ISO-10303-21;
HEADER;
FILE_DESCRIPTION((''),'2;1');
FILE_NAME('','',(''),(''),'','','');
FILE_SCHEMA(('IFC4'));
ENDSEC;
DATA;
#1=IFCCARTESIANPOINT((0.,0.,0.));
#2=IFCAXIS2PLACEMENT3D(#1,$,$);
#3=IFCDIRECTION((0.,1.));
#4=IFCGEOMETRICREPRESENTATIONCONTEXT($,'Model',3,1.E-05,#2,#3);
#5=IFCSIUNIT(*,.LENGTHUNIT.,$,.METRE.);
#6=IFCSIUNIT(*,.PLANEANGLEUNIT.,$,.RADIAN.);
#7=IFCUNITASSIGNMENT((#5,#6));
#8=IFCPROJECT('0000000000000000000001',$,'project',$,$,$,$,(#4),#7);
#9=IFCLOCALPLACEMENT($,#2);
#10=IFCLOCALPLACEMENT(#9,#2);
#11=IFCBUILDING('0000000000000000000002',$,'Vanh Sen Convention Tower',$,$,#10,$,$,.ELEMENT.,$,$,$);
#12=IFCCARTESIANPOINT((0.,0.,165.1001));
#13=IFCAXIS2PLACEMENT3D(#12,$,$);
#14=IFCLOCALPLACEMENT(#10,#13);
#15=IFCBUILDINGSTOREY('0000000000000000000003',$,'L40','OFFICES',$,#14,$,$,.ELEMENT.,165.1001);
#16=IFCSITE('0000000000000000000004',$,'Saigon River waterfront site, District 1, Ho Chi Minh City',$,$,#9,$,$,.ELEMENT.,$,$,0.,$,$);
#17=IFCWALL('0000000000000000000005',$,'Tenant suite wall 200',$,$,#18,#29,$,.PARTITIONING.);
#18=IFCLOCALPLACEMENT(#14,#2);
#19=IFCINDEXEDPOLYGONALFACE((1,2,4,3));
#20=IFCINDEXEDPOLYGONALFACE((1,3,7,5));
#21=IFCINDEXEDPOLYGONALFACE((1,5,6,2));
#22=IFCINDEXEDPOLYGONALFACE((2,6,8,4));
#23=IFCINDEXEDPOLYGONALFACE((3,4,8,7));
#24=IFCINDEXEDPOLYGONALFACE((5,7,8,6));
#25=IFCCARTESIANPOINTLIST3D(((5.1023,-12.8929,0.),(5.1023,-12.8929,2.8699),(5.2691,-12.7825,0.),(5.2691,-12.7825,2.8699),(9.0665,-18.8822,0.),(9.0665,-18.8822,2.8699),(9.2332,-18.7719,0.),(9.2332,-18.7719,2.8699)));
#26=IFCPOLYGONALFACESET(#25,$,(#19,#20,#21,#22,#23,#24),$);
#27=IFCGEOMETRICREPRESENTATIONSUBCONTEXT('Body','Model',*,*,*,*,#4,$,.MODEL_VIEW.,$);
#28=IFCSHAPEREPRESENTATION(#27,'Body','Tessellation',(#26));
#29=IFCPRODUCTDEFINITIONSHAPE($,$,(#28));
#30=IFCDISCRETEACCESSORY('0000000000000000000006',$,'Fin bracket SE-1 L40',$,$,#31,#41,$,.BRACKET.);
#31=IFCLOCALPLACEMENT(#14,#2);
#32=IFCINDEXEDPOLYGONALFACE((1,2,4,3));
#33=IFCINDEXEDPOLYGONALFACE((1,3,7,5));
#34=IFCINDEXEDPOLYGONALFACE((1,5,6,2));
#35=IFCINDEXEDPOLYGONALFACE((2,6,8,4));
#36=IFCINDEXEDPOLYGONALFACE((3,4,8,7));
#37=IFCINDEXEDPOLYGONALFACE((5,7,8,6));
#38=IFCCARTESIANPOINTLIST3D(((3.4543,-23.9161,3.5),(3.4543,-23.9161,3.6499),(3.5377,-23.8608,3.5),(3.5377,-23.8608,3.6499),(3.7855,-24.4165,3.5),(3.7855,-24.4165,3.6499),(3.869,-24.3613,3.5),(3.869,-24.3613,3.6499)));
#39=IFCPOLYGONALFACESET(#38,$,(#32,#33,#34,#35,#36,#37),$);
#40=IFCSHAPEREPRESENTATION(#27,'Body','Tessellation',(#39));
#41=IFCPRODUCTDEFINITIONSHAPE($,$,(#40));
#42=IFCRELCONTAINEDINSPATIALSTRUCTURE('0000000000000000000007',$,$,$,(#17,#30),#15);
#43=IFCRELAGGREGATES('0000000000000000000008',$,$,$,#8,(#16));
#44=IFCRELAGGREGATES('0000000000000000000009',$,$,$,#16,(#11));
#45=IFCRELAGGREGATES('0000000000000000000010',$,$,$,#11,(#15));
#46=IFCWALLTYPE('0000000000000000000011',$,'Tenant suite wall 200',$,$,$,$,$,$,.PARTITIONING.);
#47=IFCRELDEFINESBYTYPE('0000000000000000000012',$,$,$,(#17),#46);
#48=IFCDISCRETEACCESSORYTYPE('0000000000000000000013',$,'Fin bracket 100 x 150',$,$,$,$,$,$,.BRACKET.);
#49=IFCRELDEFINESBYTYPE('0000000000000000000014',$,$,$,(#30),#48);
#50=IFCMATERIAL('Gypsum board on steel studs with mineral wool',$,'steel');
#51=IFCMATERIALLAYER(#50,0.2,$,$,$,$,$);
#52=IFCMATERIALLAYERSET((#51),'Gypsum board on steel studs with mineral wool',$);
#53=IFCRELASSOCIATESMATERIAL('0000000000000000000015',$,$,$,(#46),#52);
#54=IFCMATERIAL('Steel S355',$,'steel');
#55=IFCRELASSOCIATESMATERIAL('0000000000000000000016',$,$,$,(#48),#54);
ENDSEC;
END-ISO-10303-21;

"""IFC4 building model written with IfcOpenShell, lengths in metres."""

from ifc_helpers import new_model, si_unit, direction, frame, frame_2d, origin, origin_2d, place, context, subcontext, project, spatial, rectangle, extrude, material, layer, layer_set, type_object, element, save


model = new_model("IFC4")

# Units and contexts
model_context = context("Model", 3, precision=1e-05, world=origin(), true_north=direction((0.0, 1.0)))
body_context = subcontext(model_context, "Body", "Model", "MODEL_VIEW")
ifc_project = project(units=[si_unit("LENGTHUNIT", "METRE"), si_unit("PLANEANGLEUNIT", "RADIAN")], contexts=[model_context])

# Site, building, storey
site_placement = place(None, origin())
site = spatial("IfcSite", under=ifc_project, at=site_placement, Name="Saigon River waterfront site, District 1, Ho Chi Minh City", CompositionType="ELEMENT", RefElevation=0.0)
building_placement = place(site_placement, origin())
building = spatial("IfcBuilding", under=site, at=building_placement, Name="Vanh Sen Convention Tower", CompositionType="ELEMENT")
storey_placement = place(building_placement, frame((0.0, 0.0, 165.1001)))
storey = spatial("IfcBuildingStorey", under=building, at=storey_placement, Name="L40", Description="OFFICES", CompositionType="ELEMENT", Elevation=165.1001)

# Shared definitions
ifc_material_1 = material(Name="Gypsum board on steel studs with mineral wool", Category="steel")

# Wall
ifc_layer_1 = layer(ifc_material_1, 0.2)
ifc_layer_set_1 = layer_set([ifc_layer_1], Name="Gypsum board on steel studs with mineral wool")
wall_type_1 = type_object("IfcWallType", Name="Tenant suite wall 200", PredefinedType="PARTITIONING", material=ifc_layer_set_1)
wall_1_placement = place(storey_placement, frame((9.1499, -18.8271, 0.0), z_axis=(0.0, 0.0, 1.0), x_axis=(-0.551928, 0.833892, 0.0)))
element("IfcWall", 1, at=wall_1_placement, inside=storey, type_object=wall_type_1, Name="Tenant suite wall 200", PredefinedType="PARTITIONING", context=body_context, shape_type="SweptSolid", body=[
    extrude(rectangle(XDim=7.1824, YDim=0.2, at=frame_2d((3.5913, 0.0))), origin(), (0.0, 0.0, 1.0), 2.8699),
])

# Discrete accessory
ifc_material_2 = material(Name="Steel S355", Category="steel")
discrete_accessory_type = type_object("IfcDiscreteAccessoryType", Name="Fin bracket 100 x 150", PredefinedType="BRACKET", material=ifc_material_2)
discrete_accessory_placement = place(storey_placement, frame((3.6616, -24.1387, 3.5), z_axis=(0.0, 0.0, 1.0), x_axis=(0.551937, -0.833886, 0.0)))
element("IfcDiscreteAccessory", 2, at=discrete_accessory_placement, inside=storey, type_object=discrete_accessory_type, Name="Fin bracket SE-1 L40", PredefinedType="BRACKET", context=body_context, shape_type="SweptSolid", body=[
    extrude(rectangle(XDim=0.6001, YDim=0.1001, at=origin_2d()), origin(), (0.0, 0.0, 1.0), 0.1499),
])

save(model, "model.ifc")
